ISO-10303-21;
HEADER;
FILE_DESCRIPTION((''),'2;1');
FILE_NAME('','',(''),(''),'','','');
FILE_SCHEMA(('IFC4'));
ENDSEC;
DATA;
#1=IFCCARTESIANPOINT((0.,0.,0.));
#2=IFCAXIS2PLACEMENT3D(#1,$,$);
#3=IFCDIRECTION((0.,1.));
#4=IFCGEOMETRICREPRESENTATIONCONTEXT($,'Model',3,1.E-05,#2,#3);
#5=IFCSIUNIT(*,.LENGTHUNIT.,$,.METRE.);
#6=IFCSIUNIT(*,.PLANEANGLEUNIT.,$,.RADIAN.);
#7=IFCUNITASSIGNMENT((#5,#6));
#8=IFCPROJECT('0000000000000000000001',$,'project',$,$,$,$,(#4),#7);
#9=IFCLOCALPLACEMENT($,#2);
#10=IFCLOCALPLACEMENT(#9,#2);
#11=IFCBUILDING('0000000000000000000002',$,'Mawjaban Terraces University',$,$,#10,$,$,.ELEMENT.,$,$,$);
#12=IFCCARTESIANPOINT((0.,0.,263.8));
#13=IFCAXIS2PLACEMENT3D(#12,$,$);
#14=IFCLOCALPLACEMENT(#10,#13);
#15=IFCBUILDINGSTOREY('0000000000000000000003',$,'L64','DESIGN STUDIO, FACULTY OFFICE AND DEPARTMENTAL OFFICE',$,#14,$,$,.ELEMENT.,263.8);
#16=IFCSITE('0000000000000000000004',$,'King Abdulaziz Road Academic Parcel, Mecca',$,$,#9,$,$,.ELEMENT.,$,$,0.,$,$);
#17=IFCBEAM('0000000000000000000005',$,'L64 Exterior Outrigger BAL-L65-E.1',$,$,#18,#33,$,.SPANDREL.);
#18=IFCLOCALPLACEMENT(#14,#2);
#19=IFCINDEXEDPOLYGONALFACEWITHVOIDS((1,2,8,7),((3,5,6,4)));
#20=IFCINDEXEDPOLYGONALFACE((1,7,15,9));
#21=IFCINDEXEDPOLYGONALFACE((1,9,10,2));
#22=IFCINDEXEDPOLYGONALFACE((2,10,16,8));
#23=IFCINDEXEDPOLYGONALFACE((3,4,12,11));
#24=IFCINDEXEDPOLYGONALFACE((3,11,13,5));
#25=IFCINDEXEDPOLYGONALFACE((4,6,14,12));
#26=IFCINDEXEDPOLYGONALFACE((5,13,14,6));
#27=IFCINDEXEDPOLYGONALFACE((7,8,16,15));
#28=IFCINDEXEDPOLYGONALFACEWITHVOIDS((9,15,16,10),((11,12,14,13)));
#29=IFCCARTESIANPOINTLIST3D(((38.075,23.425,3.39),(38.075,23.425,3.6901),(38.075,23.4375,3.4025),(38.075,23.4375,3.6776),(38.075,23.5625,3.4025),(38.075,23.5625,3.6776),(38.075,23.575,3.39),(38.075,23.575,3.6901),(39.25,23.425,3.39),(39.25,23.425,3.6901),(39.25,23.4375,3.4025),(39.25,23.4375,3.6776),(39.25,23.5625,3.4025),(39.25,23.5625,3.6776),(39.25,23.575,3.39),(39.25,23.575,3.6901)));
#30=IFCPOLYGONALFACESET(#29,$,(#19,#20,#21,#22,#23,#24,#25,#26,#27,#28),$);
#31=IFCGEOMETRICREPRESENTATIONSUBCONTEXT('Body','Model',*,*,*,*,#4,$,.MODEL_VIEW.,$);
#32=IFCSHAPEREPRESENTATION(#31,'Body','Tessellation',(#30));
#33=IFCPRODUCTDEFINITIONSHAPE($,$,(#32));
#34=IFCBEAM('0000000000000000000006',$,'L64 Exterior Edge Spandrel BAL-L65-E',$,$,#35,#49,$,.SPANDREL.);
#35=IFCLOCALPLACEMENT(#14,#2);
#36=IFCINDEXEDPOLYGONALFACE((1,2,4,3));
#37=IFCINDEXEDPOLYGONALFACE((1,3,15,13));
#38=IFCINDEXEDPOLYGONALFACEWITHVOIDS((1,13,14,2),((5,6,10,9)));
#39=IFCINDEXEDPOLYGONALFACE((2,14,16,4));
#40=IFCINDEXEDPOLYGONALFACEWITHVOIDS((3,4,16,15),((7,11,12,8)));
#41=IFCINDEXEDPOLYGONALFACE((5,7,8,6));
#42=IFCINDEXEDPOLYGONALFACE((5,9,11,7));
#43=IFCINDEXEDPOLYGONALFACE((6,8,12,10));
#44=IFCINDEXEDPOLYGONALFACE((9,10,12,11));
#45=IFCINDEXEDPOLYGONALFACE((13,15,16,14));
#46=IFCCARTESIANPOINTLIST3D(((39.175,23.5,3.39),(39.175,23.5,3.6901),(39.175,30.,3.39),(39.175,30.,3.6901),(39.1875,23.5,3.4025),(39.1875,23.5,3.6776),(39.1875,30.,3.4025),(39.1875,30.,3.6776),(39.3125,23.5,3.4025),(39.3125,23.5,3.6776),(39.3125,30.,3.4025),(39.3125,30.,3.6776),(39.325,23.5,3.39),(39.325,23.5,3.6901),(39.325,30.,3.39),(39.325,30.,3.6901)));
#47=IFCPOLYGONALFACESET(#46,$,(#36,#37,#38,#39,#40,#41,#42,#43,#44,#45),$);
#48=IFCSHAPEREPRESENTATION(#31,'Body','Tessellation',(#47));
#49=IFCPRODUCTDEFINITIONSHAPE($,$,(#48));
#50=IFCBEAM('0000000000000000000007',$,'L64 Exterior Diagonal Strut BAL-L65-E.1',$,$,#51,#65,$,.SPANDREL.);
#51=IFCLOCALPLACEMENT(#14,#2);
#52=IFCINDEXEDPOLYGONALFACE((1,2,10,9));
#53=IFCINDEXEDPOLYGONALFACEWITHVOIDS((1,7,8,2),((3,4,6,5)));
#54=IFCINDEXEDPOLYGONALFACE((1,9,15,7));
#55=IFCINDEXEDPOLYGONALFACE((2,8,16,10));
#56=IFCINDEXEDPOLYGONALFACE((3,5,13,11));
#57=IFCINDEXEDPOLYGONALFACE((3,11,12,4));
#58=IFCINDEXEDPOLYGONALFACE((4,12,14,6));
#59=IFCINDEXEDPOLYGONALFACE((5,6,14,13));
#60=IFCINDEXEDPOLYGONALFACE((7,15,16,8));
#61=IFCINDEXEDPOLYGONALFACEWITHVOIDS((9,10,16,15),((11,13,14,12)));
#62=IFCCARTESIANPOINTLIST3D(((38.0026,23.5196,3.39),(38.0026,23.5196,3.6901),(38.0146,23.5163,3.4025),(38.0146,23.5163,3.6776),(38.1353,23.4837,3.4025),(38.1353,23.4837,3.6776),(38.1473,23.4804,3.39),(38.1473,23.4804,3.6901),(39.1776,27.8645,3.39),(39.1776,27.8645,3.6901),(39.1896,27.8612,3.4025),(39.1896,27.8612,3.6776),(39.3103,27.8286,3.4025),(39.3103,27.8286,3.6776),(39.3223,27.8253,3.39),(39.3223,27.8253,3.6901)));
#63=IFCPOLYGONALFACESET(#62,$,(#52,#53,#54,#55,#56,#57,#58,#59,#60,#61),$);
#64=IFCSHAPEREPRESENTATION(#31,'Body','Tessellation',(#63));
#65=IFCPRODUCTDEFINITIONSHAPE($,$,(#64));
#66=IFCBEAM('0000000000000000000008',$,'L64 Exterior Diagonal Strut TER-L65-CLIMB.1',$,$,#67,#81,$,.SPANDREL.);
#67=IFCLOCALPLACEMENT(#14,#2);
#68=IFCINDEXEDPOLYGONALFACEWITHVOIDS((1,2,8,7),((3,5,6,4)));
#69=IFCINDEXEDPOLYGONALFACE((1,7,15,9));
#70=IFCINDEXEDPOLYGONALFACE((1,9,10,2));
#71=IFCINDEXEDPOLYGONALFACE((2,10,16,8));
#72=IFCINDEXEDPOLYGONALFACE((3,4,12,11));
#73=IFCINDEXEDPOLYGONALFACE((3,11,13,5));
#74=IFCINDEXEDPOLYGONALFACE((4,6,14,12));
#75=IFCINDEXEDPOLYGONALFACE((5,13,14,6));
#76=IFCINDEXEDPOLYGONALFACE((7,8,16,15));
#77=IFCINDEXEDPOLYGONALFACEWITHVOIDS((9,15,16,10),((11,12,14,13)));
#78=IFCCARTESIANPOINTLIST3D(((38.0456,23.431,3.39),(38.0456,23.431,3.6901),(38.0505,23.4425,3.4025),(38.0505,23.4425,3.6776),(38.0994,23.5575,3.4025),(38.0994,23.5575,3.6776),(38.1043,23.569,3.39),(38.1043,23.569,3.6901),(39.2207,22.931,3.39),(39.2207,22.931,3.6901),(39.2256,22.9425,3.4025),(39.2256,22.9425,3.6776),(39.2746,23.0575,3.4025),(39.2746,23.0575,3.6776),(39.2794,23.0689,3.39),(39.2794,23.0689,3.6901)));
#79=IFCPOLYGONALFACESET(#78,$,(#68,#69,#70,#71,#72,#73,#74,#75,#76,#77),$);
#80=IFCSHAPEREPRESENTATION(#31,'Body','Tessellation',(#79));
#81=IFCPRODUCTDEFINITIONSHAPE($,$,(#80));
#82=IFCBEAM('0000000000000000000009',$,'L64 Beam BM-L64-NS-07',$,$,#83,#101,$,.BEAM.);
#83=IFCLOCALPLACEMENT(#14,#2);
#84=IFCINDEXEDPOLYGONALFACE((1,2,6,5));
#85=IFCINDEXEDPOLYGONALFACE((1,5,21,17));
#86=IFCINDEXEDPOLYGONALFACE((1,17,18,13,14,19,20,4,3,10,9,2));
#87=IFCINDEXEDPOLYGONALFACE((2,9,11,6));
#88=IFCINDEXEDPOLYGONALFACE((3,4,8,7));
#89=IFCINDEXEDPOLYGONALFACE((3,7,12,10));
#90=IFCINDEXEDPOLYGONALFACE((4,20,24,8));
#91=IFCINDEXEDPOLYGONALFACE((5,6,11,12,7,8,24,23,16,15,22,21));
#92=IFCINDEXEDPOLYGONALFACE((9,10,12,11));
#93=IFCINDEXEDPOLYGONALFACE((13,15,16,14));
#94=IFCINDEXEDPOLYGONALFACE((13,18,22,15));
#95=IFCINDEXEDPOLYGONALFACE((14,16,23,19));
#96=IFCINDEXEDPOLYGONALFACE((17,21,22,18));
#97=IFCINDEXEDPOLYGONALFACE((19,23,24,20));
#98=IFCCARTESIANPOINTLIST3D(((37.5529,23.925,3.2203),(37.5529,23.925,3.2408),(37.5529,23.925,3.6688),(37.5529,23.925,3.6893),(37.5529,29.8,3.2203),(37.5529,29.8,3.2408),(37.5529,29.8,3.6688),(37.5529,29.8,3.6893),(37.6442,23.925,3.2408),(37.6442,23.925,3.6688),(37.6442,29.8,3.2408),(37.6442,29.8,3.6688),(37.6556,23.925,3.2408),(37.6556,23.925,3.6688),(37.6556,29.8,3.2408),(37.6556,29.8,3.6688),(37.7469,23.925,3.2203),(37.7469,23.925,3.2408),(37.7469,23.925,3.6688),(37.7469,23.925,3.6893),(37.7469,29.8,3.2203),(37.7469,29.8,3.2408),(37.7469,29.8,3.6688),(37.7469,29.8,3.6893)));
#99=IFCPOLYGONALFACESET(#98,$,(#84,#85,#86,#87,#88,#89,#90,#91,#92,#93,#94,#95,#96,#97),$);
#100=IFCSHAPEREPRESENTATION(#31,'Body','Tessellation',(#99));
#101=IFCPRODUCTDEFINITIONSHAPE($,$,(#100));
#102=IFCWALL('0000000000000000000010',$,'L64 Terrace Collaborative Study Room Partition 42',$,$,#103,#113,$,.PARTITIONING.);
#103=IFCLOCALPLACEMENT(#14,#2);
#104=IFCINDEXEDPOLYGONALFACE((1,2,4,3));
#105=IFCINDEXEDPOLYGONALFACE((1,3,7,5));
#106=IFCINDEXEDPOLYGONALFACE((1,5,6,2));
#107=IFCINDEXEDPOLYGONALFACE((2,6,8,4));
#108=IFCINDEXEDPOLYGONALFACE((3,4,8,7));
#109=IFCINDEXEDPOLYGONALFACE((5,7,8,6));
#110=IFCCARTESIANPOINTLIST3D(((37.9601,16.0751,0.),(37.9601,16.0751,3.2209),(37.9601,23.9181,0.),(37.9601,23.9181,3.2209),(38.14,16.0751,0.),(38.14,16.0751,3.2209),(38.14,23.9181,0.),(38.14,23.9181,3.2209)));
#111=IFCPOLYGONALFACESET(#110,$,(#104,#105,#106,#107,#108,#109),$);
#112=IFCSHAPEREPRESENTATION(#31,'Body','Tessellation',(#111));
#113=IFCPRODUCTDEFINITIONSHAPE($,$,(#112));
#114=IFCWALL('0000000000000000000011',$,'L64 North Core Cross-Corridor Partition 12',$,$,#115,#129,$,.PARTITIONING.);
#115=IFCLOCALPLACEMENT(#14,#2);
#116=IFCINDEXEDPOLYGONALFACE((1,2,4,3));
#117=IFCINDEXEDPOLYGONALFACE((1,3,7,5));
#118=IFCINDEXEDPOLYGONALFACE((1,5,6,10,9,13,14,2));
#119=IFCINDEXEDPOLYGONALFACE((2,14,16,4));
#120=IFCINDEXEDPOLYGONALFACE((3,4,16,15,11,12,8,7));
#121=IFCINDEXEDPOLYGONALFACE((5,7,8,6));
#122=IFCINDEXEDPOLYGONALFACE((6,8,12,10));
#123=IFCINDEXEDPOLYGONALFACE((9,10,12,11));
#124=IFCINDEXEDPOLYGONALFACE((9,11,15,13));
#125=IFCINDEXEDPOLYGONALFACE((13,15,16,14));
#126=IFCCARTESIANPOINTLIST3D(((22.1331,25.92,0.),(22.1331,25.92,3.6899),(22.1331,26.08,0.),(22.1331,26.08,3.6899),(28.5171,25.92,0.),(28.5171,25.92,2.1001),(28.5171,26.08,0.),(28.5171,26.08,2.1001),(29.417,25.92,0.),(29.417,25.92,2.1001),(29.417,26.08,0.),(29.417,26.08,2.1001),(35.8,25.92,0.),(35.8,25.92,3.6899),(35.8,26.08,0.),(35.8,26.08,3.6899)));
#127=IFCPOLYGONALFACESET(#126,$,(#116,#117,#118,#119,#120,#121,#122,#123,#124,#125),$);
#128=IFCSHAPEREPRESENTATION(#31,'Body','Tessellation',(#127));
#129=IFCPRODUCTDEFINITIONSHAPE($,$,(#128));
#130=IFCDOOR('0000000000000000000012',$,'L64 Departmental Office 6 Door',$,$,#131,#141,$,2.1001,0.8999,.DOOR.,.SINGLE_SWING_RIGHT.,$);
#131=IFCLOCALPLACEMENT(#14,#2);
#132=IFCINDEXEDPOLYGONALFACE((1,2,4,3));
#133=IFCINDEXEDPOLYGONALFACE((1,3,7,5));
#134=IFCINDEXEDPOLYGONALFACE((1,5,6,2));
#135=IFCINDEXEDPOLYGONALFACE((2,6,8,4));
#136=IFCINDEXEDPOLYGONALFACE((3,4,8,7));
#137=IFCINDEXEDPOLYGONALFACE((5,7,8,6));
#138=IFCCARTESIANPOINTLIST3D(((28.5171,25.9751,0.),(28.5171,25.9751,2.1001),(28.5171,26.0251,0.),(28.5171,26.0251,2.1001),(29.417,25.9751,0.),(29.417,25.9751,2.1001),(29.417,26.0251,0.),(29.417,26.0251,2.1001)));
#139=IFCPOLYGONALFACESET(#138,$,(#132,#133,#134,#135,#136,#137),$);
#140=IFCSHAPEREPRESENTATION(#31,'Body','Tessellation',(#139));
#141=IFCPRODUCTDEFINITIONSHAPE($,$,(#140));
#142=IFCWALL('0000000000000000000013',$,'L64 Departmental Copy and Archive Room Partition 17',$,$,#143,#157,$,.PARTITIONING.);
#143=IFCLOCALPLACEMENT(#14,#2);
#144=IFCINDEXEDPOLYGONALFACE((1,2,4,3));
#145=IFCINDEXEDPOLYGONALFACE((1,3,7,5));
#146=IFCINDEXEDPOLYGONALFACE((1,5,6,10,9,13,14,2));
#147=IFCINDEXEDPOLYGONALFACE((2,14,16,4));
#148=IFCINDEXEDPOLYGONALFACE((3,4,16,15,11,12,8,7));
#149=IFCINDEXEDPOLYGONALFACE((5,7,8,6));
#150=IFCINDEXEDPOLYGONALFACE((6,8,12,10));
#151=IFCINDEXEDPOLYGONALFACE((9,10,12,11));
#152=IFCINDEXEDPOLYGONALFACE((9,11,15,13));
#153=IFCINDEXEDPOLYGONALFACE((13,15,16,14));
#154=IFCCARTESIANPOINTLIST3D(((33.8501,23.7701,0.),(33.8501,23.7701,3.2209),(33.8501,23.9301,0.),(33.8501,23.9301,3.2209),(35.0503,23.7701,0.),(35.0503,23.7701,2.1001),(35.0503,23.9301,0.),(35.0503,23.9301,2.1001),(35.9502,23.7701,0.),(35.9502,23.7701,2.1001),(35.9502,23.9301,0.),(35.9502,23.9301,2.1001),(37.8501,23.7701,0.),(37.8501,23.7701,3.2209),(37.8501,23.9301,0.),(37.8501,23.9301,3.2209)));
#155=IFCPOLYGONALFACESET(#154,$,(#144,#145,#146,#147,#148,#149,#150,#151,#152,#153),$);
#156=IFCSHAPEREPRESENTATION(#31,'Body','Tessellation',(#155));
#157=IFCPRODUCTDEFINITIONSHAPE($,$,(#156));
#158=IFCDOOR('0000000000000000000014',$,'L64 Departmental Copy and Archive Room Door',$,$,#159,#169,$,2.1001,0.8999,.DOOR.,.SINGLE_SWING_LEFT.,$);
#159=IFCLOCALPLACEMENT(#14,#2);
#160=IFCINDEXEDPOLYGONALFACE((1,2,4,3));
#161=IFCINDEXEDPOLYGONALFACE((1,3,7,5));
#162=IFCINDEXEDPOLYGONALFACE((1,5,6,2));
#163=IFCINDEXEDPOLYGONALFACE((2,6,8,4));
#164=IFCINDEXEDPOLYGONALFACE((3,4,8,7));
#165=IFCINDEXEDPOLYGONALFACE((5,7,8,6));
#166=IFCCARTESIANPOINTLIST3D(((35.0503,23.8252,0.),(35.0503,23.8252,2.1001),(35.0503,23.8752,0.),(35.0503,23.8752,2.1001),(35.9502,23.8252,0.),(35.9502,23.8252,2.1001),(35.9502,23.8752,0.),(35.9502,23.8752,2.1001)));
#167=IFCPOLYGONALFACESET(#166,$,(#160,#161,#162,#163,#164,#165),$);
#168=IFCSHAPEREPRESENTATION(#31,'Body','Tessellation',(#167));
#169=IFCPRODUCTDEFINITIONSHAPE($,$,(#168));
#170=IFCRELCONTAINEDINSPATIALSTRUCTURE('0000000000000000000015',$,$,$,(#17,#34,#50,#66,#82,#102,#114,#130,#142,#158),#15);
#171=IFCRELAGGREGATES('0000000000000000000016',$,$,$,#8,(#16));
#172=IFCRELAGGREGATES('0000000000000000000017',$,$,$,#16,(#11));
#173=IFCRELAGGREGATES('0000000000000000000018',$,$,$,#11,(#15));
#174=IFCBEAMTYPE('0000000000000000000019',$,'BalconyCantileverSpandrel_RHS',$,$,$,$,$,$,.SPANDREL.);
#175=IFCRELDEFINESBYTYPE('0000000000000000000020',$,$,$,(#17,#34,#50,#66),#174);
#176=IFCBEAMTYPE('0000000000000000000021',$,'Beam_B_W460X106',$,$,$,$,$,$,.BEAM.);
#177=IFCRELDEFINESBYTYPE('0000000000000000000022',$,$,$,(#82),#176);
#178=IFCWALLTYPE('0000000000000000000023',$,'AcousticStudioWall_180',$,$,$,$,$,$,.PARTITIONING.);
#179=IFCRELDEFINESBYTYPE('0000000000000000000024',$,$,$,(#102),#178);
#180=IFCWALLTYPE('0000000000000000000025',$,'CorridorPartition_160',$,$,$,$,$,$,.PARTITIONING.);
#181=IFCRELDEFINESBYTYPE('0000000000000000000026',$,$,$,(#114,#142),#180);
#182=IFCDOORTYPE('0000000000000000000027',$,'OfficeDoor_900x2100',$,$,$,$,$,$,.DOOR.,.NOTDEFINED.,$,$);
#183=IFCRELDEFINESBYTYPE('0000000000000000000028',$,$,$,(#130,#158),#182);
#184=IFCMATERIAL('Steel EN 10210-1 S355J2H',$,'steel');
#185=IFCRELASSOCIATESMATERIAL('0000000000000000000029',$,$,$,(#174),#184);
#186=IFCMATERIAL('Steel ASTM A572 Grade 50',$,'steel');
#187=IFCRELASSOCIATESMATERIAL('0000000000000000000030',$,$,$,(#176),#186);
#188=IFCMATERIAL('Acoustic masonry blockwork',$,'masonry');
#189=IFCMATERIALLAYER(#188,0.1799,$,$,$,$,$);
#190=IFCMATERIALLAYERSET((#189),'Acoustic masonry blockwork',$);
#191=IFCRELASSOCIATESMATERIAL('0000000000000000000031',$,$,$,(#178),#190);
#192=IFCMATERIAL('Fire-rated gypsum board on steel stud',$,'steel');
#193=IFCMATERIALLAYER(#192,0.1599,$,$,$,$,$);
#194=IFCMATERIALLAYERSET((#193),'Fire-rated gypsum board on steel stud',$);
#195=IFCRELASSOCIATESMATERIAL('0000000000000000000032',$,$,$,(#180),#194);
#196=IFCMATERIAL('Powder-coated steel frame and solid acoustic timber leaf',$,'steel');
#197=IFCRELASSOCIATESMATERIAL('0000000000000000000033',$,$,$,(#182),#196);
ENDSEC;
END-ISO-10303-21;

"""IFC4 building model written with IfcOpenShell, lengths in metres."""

from ifc_helpers import new_model, si_unit, direction, frame, frame_2d, origin, origin_2d, place, context, subcontext, project, spatial, rectangle, hollow_rectangle, i_section, extrude, material, layer, layer_set, material_profile, profile_set, type_object, element, fill, save


model = new_model("IFC4")

# Units and contexts
model_context = context("Model", 3, precision=1e-05, world=origin(), true_north=direction((0.0, 1.0)))
body_context = subcontext(model_context, "Body", "Model", "MODEL_VIEW")
ifc_project = project(units=[si_unit("LENGTHUNIT", "METRE"), si_unit("PLANEANGLEUNIT", "RADIAN")], contexts=[model_context])

# Site, building, storey
site_placement = place(None, origin())
site = spatial("IfcSite", under=ifc_project, at=site_placement, Name="King Abdulaziz Road Academic Parcel, Mecca", CompositionType="ELEMENT", RefElevation=0.0)
building_placement = place(site_placement, origin())
building = spatial("IfcBuilding", under=site, at=building_placement, Name="Mawjaban Terraces University", CompositionType="ELEMENT")
storey_placement = place(building_placement, frame((0.0, 0.0, 263.8)))
storey = spatial("IfcBuildingStorey", under=building, at=storey_placement, Name="L64", Description="DESIGN STUDIO, FACULTY OFFICE AND DEPARTMENTAL OFFICE", CompositionType="ELEMENT", Elevation=263.8)

# Beams
ifc_material_1 = material(Name="Steel EN 10210-1 S355J2H", Category="steel")
ifc_material_profile_1 = material_profile(ifc_material_1, hollow_rectangle(XDim=0.1499, YDim=0.3, WallThickness=0.0125, at=origin_2d()), Name="RHS300X150X12.5")
ifc_profile_set_1 = profile_set([ifc_material_profile_1], Name="Steel EN 10210-1 S355J2H")
beam_type_1 = type_object("IfcBeamType", Name="BalconyCantileverSpandrel_RHS", PredefinedType="SPANDREL", material=ifc_profile_set_1)
beam_1_placement = place(storey_placement, frame((38.075, 23.5, 3.54), z_axis=(1.0, 0.0, 0.0), x_axis=(0.0, 1.0, 0.0)))
element("IfcBeam", 1, at=beam_1_placement, inside=storey, type_object=beam_type_1, Name="L64 Exterior Outrigger BAL-L65-E.1", PredefinedType="SPANDREL", context=body_context, shape_type="SweptSolid", body=[
    extrude(hollow_rectangle(XDim=0.1499, YDim=0.3, WallThickness=0.0125, at=origin_2d()), origin(), (0.0, 0.0, 1.0), 1.175),
])
beam_2_placement = place(storey_placement, frame((39.25, 23.5, 3.54), z_axis=(0.0, 1.0, 0.0), x_axis=(-1.0, 0.0, 0.0)))
element("IfcBeam", 2, at=beam_2_placement, inside=storey, type_object=beam_type_1, Name="L64 Exterior Edge Spandrel BAL-L65-E", PredefinedType="SPANDREL", context=body_context, shape_type="SweptSolid", body=[
    extrude(hollow_rectangle(XDim=0.1499, YDim=0.3, WallThickness=0.0125, at=origin_2d()), origin(), (0.0, 0.0, 1.0), 6.5),
])
beam_3_placement = place(storey_placement, frame((38.075, 23.5, 3.54), z_axis=(0.261061, 0.965322, 0.0), x_axis=(-0.965322, 0.261061, 0.0)))
element("IfcBeam", 3, at=beam_3_placement, inside=storey, type_object=beam_type_1, Name="L64 Exterior Diagonal Strut BAL-L65-E.1", PredefinedType="SPANDREL", context=body_context, shape_type="SweptSolid", body=[
    extrude(hollow_rectangle(XDim=0.1499, YDim=0.3, WallThickness=0.0125, at=origin_2d()), origin(), (0.0, 0.0, 1.0), 4.501),
])
beam_4_placement = place(storey_placement, frame((38.075, 23.5, 3.54), z_axis=(0.92016, -0.391541, 0.0), x_axis=(0.391541, 0.92016, 0.0)))
element("IfcBeam", 4, at=beam_4_placement, inside=storey, type_object=beam_type_1, Name="L64 Exterior Diagonal Strut TER-L65-CLIMB.1", PredefinedType="SPANDREL", context=body_context, shape_type="SweptSolid", body=[
    extrude(hollow_rectangle(XDim=0.1499, YDim=0.3, WallThickness=0.0125, at=origin_2d()), origin(), (0.0, 0.0, 1.0), 1.2771),
])
ifc_material_2 = material(Name="Steel ASTM A572 Grade 50", Category="steel")
ifc_material_profile_2 = material_profile(ifc_material_2, i_section(OverallWidth=0.1941, OverallDepth=0.469, WebThickness=0.0115, FlangeThickness=0.0205, at=origin_2d()), Name="W460X106")
ifc_profile_set_2 = profile_set([ifc_material_profile_2], Name="Steel ASTM A572 Grade 50")
beam_type_2 = type_object("IfcBeamType", Name="Beam_B_W460X106", PredefinedType="BEAM", material=ifc_profile_set_2)
beam_5_placement = place(storey_placement, frame((37.6499, 23.925, 3.4548), z_axis=(0.0, 1.0, 0.0), x_axis=(-1.0, 0.0, 0.0)))
element("IfcBeam", 5, at=beam_5_placement, inside=storey, type_object=beam_type_2, Name="L64 Beam BM-L64-NS-07", PredefinedType="BEAM", context=body_context, shape_type="SweptSolid", body=[
    extrude(i_section(OverallWidth=0.1941, OverallDepth=0.469, WebThickness=0.0115, FlangeThickness=0.0205, at=origin_2d()), origin(), (0.0, 0.0, 1.0), 5.875),
])

# Wall
ifc_material_3 = material(Name="Acoustic masonry blockwork", Category="masonry")
ifc_layer_1 = layer(ifc_material_3, 0.1799)
ifc_layer_set_1 = layer_set([ifc_layer_1], Name="Acoustic masonry blockwork")
wall_type_1 = type_object("IfcWallType", Name="AcousticStudioWall_180", PredefinedType="PARTITIONING", material=ifc_layer_set_1)
wall_1_placement = place(storey_placement, frame((38.05, 23.918, 0.0), z_axis=(0.0, 0.0, 1.0), x_axis=(0.0, -1.0, 0.0)))
element("IfcWall", 6, at=wall_1_placement, inside=storey, type_object=wall_type_1, Name="L64 Terrace Collaborative Study Room Partition 42", PredefinedType="PARTITIONING", context=body_context, shape_type="SweptSolid", body=[
    extrude(rectangle(XDim=7.843, YDim=0.1799, at=frame_2d((3.9214, 0.0))), origin(), (0.0, 0.0, 1.0), 3.2209),
])

# Walls, openings, doors
ifc_material_4 = material(Name="Fire-rated gypsum board on steel stud", Category="steel")
ifc_layer_2 = layer(ifc_material_4, 0.1599)
ifc_layer_set_2 = layer_set([ifc_layer_2], Name="Fire-rated gypsum board on steel stud")
wall_type_2 = type_object("IfcWallType", Name="CorridorPartition_160", PredefinedType="PARTITIONING", material=ifc_layer_set_2)
wall_2_placement = place(storey_placement, frame((35.8, 26.0, 0.0), z_axis=(0.0, 0.0, 1.0), x_axis=(-1.0, 0.0, 0.0)))
wall_2 = element("IfcWall", 7, at=wall_2_placement, inside=storey, type_object=wall_type_2, Name="L64 North Core Cross-Corridor Partition 12", PredefinedType="PARTITIONING", context=body_context, shape_type="SweptSolid", body=[
    extrude(rectangle(XDim=13.667, YDim=0.1599, at=frame_2d((6.8335, 0.0))), origin(), (0.0, 0.0, 1.0), 3.6899),
])
opening_1_placement = place(wall_2_placement, frame((6.3831, 0.0, 0.0)))
opening_1 = element("IfcOpeningElement", 8, at=opening_1_placement, cuts=wall_2, PredefinedType="OPENING", context=body_context, shape_type="SweptSolid", body=[
    extrude(rectangle(XDim=0.8999, YDim=2.1001, at=frame_2d((0.45, 1.05))), frame((0.0, 0.0898, 0.0), z_axis=(0.0, -1.0, 0.0), x_axis=(1.0, 0.0, 0.0)), (0.0, 0.0, 1.0), 0.1799),
])
ifc_material_5 = material(Name="Powder-coated steel frame and solid acoustic timber leaf", Category="steel")
door_type_1 = type_object("IfcDoorType", Name="OfficeDoor_900x2100", OperationType="NOTDEFINED", PredefinedType="DOOR", material=ifc_material_5)
door_1_placement = place(opening_1_placement, origin())
door_1 = element("IfcDoor", 9, at=door_1_placement, inside=storey, type_object=door_type_1, Name="L64 Departmental Office 6 Door", OperationType="SINGLE_SWING_RIGHT", OverallHeight=2.1001, OverallWidth=0.8999, PredefinedType="DOOR", context=body_context, shape_type="SweptSolid", body=[
    extrude(rectangle(XDim=0.8999, YDim=2.1001, at=frame_2d((0.45, 1.05))), frame((0.0, 0.0249, 0.0), z_axis=(0.0, -1.0, 0.0), x_axis=(1.0, 0.0, 0.0)), (0.0, 0.0, 1.0), 0.05),
])
fill(opening_1, door_1)
wall_3_placement = place(storey_placement, frame((37.8501, 23.8501, 0.0), z_axis=(0.0, 0.0, 1.0), x_axis=(-1.0, 0.0, 0.0)))
wall_3 = element("IfcWall", 10, at=wall_3_placement, inside=storey, type_object=wall_type_2, Name="L64 Departmental Copy and Archive Room Partition 17", PredefinedType="PARTITIONING", context=body_context, shape_type="SweptSolid", body=[
    extrude(rectangle(XDim=4.0, YDim=0.1599, at=frame_2d((2.0, 0.0))), origin(), (0.0, 0.0, 1.0), 3.2209),
])
opening_2_placement = place(wall_3_placement, frame((1.8999, 0.0, 0.0)))
opening_2 = element("IfcOpeningElement", 11, at=opening_2_placement, cuts=wall_3, PredefinedType="OPENING", context=body_context, shape_type="SweptSolid", body=[
    extrude(rectangle(XDim=0.8999, YDim=2.1001, at=frame_2d((0.45, 1.05))), frame((0.0, 0.0898, 0.0), z_axis=(0.0, -1.0, 0.0), x_axis=(1.0, 0.0, 0.0)), (0.0, 0.0, 1.0), 0.1799),
])
door_2_placement = place(opening_2_placement, origin())
door_2 = element("IfcDoor", 12, at=door_2_placement, inside=storey, type_object=door_type_1, Name="L64 Departmental Copy and Archive Room Door", OperationType="SINGLE_SWING_LEFT", OverallHeight=2.1001, OverallWidth=0.8999, PredefinedType="DOOR", context=body_context, shape_type="SweptSolid", body=[
    extrude(rectangle(XDim=0.8999, YDim=2.1001, at=frame_2d((0.45, 1.05))), frame((0.0, 0.0249, 0.0), z_axis=(0.0, -1.0, 0.0), x_axis=(1.0, 0.0, 0.0)), (0.0, 0.0, 1.0), 0.05),
])
fill(opening_2, door_2)

save(model, "model.ifc")
